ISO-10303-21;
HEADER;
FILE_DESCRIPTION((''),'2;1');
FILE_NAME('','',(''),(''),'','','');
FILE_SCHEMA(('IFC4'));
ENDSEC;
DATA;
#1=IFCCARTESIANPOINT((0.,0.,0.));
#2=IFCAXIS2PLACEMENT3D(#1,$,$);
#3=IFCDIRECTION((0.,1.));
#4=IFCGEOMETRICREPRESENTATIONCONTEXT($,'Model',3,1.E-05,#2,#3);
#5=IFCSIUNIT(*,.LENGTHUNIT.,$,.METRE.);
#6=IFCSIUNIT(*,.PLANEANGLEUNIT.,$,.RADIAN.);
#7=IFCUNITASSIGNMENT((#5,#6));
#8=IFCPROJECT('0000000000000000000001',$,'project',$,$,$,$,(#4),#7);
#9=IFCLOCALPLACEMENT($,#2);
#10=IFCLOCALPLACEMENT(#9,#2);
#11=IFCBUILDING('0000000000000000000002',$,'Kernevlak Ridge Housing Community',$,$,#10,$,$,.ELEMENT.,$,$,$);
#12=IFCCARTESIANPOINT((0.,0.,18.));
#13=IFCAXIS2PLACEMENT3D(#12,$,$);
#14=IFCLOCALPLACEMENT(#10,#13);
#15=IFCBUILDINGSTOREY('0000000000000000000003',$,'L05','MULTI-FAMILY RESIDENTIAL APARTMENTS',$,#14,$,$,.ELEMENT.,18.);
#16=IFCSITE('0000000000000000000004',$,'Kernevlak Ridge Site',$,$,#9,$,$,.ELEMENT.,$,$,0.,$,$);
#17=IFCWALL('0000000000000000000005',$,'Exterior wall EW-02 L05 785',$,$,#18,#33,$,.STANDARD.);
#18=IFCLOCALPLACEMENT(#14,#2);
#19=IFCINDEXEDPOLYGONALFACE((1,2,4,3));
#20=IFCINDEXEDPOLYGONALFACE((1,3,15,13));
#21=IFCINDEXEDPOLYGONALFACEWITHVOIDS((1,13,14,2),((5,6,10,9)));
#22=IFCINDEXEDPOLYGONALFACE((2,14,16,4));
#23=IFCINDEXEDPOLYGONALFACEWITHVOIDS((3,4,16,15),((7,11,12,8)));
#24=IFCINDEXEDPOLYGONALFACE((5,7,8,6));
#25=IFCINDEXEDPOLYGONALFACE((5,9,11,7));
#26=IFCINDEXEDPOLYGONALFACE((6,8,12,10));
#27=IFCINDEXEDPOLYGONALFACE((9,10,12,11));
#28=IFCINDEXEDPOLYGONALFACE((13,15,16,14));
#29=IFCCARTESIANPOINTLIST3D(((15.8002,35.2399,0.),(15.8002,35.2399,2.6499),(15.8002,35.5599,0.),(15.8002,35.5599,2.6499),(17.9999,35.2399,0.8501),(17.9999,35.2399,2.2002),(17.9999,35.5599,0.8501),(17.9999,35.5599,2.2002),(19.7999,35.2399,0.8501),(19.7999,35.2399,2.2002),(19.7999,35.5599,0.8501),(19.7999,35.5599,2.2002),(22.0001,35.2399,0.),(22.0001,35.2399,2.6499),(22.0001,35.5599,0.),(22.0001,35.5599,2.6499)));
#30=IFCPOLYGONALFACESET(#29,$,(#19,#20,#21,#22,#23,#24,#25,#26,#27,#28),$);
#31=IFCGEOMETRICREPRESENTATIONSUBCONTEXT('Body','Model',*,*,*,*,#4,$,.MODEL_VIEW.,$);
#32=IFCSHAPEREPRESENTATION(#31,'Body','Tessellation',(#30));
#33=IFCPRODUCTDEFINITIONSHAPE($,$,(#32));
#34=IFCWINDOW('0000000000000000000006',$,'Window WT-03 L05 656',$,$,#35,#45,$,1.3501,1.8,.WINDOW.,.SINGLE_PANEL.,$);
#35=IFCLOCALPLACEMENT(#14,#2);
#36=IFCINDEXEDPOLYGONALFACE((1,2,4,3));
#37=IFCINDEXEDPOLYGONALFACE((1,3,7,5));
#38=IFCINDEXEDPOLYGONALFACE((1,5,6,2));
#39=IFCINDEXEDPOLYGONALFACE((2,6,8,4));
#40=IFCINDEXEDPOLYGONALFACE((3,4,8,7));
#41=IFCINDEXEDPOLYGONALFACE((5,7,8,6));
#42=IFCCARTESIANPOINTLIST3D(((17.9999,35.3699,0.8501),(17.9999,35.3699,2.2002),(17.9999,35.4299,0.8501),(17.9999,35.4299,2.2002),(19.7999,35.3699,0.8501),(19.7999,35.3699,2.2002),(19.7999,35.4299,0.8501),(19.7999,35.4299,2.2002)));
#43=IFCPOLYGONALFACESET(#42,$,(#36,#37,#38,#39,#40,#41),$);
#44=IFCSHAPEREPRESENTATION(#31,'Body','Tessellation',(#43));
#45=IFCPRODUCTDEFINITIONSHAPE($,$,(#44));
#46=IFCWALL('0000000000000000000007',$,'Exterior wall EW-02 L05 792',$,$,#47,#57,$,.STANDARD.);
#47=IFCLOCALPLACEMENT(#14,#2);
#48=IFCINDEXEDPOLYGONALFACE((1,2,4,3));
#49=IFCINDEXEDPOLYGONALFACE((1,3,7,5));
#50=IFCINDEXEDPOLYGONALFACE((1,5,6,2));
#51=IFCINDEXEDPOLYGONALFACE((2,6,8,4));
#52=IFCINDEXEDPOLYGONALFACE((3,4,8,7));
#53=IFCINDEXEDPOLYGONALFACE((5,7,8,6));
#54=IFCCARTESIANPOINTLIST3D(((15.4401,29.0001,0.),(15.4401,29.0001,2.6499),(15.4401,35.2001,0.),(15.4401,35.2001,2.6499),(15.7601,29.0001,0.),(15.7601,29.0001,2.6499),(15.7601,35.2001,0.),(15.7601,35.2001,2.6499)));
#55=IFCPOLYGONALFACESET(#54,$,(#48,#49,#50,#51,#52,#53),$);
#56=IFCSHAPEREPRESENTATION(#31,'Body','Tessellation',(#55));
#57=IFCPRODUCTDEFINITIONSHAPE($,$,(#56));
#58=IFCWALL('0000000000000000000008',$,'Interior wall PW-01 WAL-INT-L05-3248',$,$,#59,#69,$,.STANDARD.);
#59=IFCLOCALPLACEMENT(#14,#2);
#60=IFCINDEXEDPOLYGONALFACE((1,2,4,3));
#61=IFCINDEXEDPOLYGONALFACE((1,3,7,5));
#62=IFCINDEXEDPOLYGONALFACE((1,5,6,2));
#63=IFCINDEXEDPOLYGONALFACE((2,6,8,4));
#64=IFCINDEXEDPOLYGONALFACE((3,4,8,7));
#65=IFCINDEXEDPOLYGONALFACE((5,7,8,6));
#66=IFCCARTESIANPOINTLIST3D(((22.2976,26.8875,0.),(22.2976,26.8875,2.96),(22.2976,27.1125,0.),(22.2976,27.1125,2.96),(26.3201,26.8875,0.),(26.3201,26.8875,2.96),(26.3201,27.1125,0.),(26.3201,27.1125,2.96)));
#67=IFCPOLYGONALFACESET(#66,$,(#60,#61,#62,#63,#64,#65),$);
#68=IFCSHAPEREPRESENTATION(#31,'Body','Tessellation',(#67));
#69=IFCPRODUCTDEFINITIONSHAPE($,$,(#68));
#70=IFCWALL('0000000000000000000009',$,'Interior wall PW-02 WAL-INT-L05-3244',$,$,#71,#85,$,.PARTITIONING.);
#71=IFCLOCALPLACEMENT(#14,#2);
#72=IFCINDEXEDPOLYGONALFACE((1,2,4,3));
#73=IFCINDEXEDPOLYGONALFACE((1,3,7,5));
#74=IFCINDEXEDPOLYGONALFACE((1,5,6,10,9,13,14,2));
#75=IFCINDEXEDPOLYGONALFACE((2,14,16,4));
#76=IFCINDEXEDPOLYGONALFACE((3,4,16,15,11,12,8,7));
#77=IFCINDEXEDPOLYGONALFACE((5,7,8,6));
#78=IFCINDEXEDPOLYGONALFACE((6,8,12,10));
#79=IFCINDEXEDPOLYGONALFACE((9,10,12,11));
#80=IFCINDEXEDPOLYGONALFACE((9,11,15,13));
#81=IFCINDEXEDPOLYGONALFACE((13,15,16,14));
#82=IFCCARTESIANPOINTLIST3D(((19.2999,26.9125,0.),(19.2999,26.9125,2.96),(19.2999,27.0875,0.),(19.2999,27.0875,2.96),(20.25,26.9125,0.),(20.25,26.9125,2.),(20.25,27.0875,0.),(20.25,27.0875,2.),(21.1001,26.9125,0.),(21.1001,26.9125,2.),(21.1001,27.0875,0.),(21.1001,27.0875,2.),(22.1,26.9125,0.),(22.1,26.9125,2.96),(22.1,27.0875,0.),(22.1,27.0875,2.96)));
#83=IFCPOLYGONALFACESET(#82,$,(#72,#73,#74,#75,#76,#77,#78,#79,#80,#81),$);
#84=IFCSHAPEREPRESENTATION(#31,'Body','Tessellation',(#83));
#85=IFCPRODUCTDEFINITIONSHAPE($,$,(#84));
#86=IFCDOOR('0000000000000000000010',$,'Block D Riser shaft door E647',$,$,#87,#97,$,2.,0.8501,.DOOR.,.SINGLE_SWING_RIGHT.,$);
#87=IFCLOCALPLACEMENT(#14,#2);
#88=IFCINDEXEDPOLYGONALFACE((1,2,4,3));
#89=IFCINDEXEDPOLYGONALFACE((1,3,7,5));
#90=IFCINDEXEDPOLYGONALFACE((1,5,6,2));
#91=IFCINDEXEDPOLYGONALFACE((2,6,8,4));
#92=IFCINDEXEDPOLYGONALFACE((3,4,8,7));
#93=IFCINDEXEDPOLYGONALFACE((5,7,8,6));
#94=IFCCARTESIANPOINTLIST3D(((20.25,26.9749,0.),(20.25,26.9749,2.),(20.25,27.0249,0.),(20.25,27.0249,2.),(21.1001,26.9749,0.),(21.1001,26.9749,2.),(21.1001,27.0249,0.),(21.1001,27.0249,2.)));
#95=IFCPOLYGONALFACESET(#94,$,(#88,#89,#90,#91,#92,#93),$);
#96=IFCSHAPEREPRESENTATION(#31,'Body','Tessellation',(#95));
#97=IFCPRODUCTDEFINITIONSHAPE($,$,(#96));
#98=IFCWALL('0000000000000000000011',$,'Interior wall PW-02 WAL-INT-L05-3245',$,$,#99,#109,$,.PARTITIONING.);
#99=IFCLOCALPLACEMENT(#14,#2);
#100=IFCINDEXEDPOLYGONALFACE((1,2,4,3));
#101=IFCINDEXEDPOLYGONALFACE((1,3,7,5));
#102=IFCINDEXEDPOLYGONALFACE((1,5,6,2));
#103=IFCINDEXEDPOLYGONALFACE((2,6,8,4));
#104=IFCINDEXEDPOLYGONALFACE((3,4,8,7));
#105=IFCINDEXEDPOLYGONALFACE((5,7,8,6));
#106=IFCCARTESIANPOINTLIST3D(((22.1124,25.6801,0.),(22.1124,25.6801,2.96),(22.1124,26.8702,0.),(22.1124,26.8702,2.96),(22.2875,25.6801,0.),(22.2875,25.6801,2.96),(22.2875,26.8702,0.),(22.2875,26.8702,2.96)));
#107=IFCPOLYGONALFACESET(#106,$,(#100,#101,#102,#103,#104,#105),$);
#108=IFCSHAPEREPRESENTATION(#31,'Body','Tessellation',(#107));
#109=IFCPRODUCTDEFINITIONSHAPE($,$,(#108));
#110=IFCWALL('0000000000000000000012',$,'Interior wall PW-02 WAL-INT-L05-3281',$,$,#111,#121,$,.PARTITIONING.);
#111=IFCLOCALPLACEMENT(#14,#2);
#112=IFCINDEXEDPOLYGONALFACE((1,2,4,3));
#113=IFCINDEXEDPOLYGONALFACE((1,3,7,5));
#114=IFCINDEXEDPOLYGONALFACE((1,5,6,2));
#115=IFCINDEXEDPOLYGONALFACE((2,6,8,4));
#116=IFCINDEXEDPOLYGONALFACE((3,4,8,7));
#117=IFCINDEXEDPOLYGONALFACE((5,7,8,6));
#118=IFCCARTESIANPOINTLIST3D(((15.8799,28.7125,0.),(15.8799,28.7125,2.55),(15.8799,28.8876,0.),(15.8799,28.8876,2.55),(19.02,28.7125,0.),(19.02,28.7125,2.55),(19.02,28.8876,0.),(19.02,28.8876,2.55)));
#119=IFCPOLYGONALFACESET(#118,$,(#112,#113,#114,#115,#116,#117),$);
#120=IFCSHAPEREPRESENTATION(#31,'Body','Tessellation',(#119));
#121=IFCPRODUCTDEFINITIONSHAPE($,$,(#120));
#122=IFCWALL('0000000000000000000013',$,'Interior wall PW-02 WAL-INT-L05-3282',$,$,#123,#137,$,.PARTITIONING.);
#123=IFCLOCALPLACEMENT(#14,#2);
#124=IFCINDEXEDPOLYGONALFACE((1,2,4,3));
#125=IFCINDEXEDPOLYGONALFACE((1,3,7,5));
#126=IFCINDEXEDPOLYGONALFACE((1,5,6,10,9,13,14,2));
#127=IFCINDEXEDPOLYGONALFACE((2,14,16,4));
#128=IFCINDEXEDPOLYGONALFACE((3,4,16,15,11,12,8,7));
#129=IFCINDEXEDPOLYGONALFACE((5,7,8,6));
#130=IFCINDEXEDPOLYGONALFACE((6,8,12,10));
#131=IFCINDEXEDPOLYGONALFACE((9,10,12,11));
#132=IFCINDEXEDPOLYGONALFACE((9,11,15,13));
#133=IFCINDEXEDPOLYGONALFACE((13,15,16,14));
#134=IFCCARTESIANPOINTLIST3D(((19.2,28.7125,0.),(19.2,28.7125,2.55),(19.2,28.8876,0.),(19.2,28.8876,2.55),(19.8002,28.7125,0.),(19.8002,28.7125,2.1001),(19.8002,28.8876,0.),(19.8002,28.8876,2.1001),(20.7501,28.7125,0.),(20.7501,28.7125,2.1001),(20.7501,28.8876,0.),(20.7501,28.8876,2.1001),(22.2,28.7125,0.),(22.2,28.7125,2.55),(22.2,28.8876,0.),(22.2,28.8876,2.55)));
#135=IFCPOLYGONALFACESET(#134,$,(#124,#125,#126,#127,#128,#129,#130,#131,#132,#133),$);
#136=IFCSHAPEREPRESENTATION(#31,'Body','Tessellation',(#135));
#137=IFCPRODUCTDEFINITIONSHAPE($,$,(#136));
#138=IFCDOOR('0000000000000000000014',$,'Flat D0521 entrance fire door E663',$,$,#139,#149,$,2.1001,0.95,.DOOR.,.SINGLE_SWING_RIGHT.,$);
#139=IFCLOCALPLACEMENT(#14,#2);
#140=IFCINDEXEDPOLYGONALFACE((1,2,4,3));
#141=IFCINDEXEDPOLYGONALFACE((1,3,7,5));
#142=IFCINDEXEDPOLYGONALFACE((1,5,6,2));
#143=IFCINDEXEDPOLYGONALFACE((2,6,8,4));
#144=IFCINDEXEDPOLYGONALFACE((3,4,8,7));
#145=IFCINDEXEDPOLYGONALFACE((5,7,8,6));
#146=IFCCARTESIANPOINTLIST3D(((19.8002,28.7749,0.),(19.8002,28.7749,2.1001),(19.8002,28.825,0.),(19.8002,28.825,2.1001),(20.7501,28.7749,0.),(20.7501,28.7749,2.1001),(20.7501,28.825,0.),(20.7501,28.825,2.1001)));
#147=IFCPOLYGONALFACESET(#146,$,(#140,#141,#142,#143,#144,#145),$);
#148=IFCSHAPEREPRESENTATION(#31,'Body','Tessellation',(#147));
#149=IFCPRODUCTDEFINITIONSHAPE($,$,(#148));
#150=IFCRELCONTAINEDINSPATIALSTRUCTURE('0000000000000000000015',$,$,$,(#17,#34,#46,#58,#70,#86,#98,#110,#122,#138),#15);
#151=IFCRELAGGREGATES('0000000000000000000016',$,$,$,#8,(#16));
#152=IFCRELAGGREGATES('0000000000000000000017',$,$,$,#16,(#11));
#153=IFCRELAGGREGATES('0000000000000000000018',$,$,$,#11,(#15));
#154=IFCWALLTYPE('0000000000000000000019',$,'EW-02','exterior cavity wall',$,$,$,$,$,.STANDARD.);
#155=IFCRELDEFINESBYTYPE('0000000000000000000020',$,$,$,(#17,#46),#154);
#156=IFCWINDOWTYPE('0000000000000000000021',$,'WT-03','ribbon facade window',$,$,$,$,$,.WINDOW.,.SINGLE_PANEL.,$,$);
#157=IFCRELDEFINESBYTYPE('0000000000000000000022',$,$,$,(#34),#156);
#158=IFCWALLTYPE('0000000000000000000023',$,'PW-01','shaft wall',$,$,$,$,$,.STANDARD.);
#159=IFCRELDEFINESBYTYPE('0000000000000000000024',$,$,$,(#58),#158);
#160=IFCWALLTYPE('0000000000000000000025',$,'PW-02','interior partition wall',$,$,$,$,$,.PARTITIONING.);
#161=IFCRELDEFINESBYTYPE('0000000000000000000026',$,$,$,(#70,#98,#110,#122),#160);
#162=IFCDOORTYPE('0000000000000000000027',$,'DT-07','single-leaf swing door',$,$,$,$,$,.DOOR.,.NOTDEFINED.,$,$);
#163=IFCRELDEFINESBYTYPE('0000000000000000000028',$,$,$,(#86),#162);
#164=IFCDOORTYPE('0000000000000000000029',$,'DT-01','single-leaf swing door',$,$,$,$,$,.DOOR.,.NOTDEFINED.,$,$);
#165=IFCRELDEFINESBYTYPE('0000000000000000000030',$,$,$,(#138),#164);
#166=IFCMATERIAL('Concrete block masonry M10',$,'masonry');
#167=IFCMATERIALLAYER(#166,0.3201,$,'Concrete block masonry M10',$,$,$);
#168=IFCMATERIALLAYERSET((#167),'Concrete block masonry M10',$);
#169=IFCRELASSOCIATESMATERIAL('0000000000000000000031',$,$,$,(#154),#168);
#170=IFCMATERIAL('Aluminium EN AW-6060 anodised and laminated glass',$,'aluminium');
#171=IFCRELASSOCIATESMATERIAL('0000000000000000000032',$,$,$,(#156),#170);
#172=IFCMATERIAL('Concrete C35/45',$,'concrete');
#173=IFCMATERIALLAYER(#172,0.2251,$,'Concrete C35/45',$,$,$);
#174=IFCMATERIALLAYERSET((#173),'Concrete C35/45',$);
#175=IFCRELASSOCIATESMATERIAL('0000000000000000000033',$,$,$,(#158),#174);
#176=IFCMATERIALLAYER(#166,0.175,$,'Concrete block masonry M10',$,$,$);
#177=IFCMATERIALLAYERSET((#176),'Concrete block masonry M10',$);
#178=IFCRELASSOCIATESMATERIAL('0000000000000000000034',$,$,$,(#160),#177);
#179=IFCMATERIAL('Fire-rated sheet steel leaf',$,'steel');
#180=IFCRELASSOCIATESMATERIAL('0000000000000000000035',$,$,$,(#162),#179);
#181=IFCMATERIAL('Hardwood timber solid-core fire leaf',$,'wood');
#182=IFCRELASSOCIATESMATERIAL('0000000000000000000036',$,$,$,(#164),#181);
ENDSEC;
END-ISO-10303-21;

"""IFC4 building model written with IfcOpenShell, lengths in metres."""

from ifc_helpers import new_model, si_unit, direction, frame, frame_2d, origin, place, context, subcontext, project, spatial, rectangle, extrude, material, layer, layer_set, type_object, element, fill, save


model = new_model("IFC4")

# Units and contexts
model_context = context("Model", 3, precision=1e-05, world=origin(), true_north=direction((0.0, 1.0)))
body_context = subcontext(model_context, "Body", "Model", "MODEL_VIEW")
ifc_project = project(units=[si_unit("LENGTHUNIT", "METRE"), si_unit("PLANEANGLEUNIT", "RADIAN")], contexts=[model_context])

# Site, building, storey
site_placement = place(None, origin())
site = spatial("IfcSite", under=ifc_project, at=site_placement, Name="Kernevlak Ridge Site", CompositionType="ELEMENT", RefElevation=0.0)
building_placement = place(site_placement, origin())
building = spatial("IfcBuilding", under=site, at=building_placement, Name="Kernevlak Ridge Housing Community", CompositionType="ELEMENT")
storey_placement = place(building_placement, frame((0.0, 0.0, 18.0)))
storey = spatial("IfcBuildingStorey", under=building, at=storey_placement, Name="L05", Description="MULTI-FAMILY RESIDENTIAL APARTMENTS", CompositionType="ELEMENT", Elevation=18.0)

# Shared definitions
ifc_material_1 = material(Name="Concrete C35/45", Category="concrete")

# Shared definitions
ifc_material_2 = material(Name="Aluminium EN AW-6060 anodised and laminated glass", Category="aluminium")

# Wall, opening, window
ifc_material_3 = material(Name="Concrete block masonry M10", Category="masonry")
ifc_layer_1 = layer(ifc_material_3, 0.3201, Name="Concrete block masonry M10")
ifc_layer_set_1 = layer_set([ifc_layer_1], Name="Concrete block masonry M10")
wall_type_1 = type_object("IfcWallType", Name="EW-02", Description="exterior cavity wall", PredefinedType="STANDARD", material=ifc_layer_set_1)
wall_1_placement = place(storey_placement, frame((15.8, 35.3999, 0.0), z_axis=(0.0, 0.0, 1.0), x_axis=(1.0, 0.0, 0.0)))
wall_1 = element("IfcWall", 1, at=wall_1_placement, inside=storey, type_object=wall_type_1, Name="Exterior wall EW-02 L05 785", PredefinedType="STANDARD", context=body_context, shape_type="SweptSolid", body=[
    extrude(rectangle(XDim=6.2, YDim=0.3201, at=frame_2d((3.1001, 0.0))), origin(), (0.0, 0.0, 1.0), 2.6499),
])
opening_1_placement = place(wall_1_placement, frame((2.2, 0.0, 0.8501)))
opening_1 = element("IfcOpeningElement", 2, at=opening_1_placement, cuts=wall_1, PredefinedType="OPENING", context=body_context, shape_type="SweptSolid", body=[
    extrude(rectangle(XDim=1.8, YDim=1.3501, at=frame_2d((0.8999, 0.675))), frame((0.0, 0.1699, 0.0), z_axis=(0.0, -1.0, 0.0), x_axis=(1.0, 0.0, 0.0)), (0.0, 0.0, 1.0), 0.3401),
])
window_type = type_object("IfcWindowType", Name="WT-03", Description="ribbon facade window", PartitioningType="SINGLE_PANEL", PredefinedType="WINDOW", material=ifc_material_2)
window_placement = place(opening_1_placement, origin())
window = element("IfcWindow", 3, at=window_placement, inside=storey, type_object=window_type, Name="Window WT-03 L05 656", OverallHeight=1.3501, OverallWidth=1.8, PartitioningType="SINGLE_PANEL", PredefinedType="WINDOW", context=body_context, shape_type="SweptSolid", body=[
    extrude(rectangle(XDim=1.8, YDim=1.3501, at=frame_2d((0.8999, 0.675))), frame((0.0, 0.03, 0.0), z_axis=(0.0, -1.0, 0.0), x_axis=(1.0, 0.0, 0.0)), (0.0, 0.0, 1.0), 0.0601),
])
fill(opening_1, window)

# Walls
wall_2_placement = place(storey_placement, frame((15.6001, 29.0, 0.0), z_axis=(0.0, 0.0, 1.0), x_axis=(0.0, 1.0, 0.0)))
element("IfcWall", 4, at=wall_2_placement, inside=storey, type_object=wall_type_1, Name="Exterior wall EW-02 L05 792", PredefinedType="STANDARD", context=body_context, shape_type="SweptSolid", body=[
    extrude(rectangle(XDim=6.2, YDim=0.3201, at=frame_2d((3.1001, 0.0))), origin(), (0.0, 0.0, 1.0), 2.6499),
])
ifc_layer_2 = layer(ifc_material_1, 0.2251, Name="Concrete C35/45")
ifc_layer_set_2 = layer_set([ifc_layer_2], Name="Concrete C35/45")
wall_type_2 = type_object("IfcWallType", Name="PW-01", Description="shaft wall", PredefinedType="STANDARD", material=ifc_layer_set_2)
wall_3_placement = place(storey_placement, frame((22.2976, 27.0, 0.0), z_axis=(0.0, 0.0, 1.0), x_axis=(1.0, 0.0, 0.0)))
element("IfcWall", 5, at=wall_3_placement, inside=storey, type_object=wall_type_2, Name="Interior wall PW-01 WAL-INT-L05-3248", PredefinedType="STANDARD", context=body_context, shape_type="SweptSolid", body=[
    extrude(rectangle(XDim=4.0225, YDim=0.2251, at=frame_2d((2.0112, 0.0))), origin(), (0.0, 0.0, 1.0), 2.96),
])

# Wall, opening, door
ifc_layer_3 = layer(ifc_material_3, 0.175, Name="Concrete block masonry M10")
ifc_layer_set_3 = layer_set([ifc_layer_3], Name="Concrete block masonry M10")
wall_type_3 = type_object("IfcWallType", Name="PW-02", Description="interior partition wall", PredefinedType="PARTITIONING", material=ifc_layer_set_3)
wall_4_placement = place(storey_placement, frame((19.3, 27.0, 0.0), z_axis=(0.0, 0.0, 1.0), x_axis=(1.0, 0.0, 0.0)))
wall_4 = element("IfcWall", 6, at=wall_4_placement, inside=storey, type_object=wall_type_3, Name="Interior wall PW-02 WAL-INT-L05-3244", PredefinedType="PARTITIONING", context=body_context, shape_type="SweptSolid", body=[
    extrude(rectangle(XDim=2.8, YDim=0.175, at=frame_2d((1.3999, 0.0))), origin(), (0.0, 0.0, 1.0), 2.96),
])
opening_2_placement = place(wall_4_placement, frame((0.95, 0.0, 0.0)))
opening_2 = element("IfcOpeningElement", 7, at=opening_2_placement, cuts=wall_4, PredefinedType="OPENING", context=body_context, shape_type="SweptSolid", body=[
    extrude(rectangle(XDim=0.8501, YDim=2.0, at=frame_2d((0.425, 1.0))), frame((0.0, 0.0974, 0.0), z_axis=(0.0, -1.0, 0.0), x_axis=(1.0, 0.0, 0.0)), (0.0, 0.0, 1.0), 0.1951),
])
ifc_material_4 = material(Name="Fire-rated sheet steel leaf", Category="steel")
door_type_1 = type_object("IfcDoorType", Name="DT-07", Description="single-leaf swing door", OperationType="NOTDEFINED", PredefinedType="DOOR", material=ifc_material_4)
door_1_placement = place(opening_2_placement, origin())
door_1 = element("IfcDoor", 8, at=door_1_placement, inside=storey, type_object=door_type_1, Name="Block D Riser shaft door E647", OperationType="SINGLE_SWING_RIGHT", OverallHeight=2.0, OverallWidth=0.8501, PredefinedType="DOOR", context=body_context, shape_type="SweptSolid", body=[
    extrude(rectangle(XDim=0.8501, YDim=2.0, at=frame_2d((0.425, 1.0))), frame((0.0, 0.0249, 0.0), z_axis=(0.0, -1.0, 0.0), x_axis=(1.0, 0.0, 0.0)), (0.0, 0.0, 1.0), 0.05),
])
fill(opening_2, door_1)

# Walls
wall_5_placement = place(storey_placement, frame((22.2, 25.6799, 0.0), z_axis=(0.0, 0.0, 1.0), x_axis=(0.0, 1.0, 0.0)))
element("IfcWall", 9, at=wall_5_placement, inside=storey, type_object=wall_type_3, Name="Interior wall PW-02 WAL-INT-L05-3245", PredefinedType="PARTITIONING", context=body_context, shape_type="SweptSolid", body=[
    extrude(rectangle(XDim=1.1902, YDim=0.175, at=frame_2d((0.5952, 0.0))), origin(), (0.0, 0.0, 1.0), 2.96),
])
wall_6_placement = place(storey_placement, frame((15.8799, 28.8, 0.0), z_axis=(0.0, 0.0, 1.0), x_axis=(1.0, 0.0, 0.0)))
element("IfcWall", 10, at=wall_6_placement, inside=storey, type_object=wall_type_3, Name="Interior wall PW-02 WAL-INT-L05-3281", PredefinedType="PARTITIONING", context=body_context, shape_type="SweptSolid", body=[
    extrude(rectangle(XDim=3.1401, YDim=0.175, at=frame_2d((1.5701, 0.0))), origin(), (0.0, 0.0, 1.0), 2.55),
])

# Wall, opening, door
wall_7_placement = place(storey_placement, frame((19.2, 28.8, 0.0), z_axis=(0.0, 0.0, 1.0), x_axis=(1.0, 0.0, 0.0)))
wall_7 = element("IfcWall", 11, at=wall_7_placement, inside=storey, type_object=wall_type_3, Name="Interior wall PW-02 WAL-INT-L05-3282", PredefinedType="PARTITIONING", context=body_context, shape_type="SweptSolid", body=[
    extrude(rectangle(XDim=3.0, YDim=0.175, at=frame_2d((1.5, 0.0))), origin(), (0.0, 0.0, 1.0), 2.55),
])
opening_3_placement = place(wall_7_placement, frame((0.6001, 0.0, 0.0)))
opening_3 = element("IfcOpeningElement", 12, at=opening_3_placement, cuts=wall_7, PredefinedType="OPENING", context=body_context, shape_type="SweptSolid", body=[
    extrude(rectangle(XDim=0.95, YDim=2.1001, at=frame_2d((0.4751, 1.05))), frame((0.0, 0.0974, 0.0), z_axis=(0.0, -1.0, 0.0), x_axis=(1.0, 0.0, 0.0)), (0.0, 0.0, 1.0), 0.1951),
])
ifc_material_5 = material(Name="Hardwood timber solid-core fire leaf", Category="wood")
door_type_2 = type_object("IfcDoorType", Name="DT-01", Description="single-leaf swing door", OperationType="NOTDEFINED", PredefinedType="DOOR", material=ifc_material_5)
door_2_placement = place(opening_3_placement, origin())
door_2 = element("IfcDoor", 13, at=door_2_placement, inside=storey, type_object=door_type_2, Name="Flat D0521 entrance fire door E663", OperationType="SINGLE_SWING_RIGHT", OverallHeight=2.1001, OverallWidth=0.95, PredefinedType="DOOR", context=body_context, shape_type="SweptSolid", body=[
    extrude(rectangle(XDim=0.95, YDim=2.1001, at=frame_2d((0.4751, 1.05))), frame((0.0, 0.0249, 0.0), z_axis=(0.0, -1.0, 0.0), x_axis=(1.0, 0.0, 0.0)), (0.0, 0.0, 1.0), 0.05),
])
fill(opening_3, door_2)

save(model, "model.ifc")
